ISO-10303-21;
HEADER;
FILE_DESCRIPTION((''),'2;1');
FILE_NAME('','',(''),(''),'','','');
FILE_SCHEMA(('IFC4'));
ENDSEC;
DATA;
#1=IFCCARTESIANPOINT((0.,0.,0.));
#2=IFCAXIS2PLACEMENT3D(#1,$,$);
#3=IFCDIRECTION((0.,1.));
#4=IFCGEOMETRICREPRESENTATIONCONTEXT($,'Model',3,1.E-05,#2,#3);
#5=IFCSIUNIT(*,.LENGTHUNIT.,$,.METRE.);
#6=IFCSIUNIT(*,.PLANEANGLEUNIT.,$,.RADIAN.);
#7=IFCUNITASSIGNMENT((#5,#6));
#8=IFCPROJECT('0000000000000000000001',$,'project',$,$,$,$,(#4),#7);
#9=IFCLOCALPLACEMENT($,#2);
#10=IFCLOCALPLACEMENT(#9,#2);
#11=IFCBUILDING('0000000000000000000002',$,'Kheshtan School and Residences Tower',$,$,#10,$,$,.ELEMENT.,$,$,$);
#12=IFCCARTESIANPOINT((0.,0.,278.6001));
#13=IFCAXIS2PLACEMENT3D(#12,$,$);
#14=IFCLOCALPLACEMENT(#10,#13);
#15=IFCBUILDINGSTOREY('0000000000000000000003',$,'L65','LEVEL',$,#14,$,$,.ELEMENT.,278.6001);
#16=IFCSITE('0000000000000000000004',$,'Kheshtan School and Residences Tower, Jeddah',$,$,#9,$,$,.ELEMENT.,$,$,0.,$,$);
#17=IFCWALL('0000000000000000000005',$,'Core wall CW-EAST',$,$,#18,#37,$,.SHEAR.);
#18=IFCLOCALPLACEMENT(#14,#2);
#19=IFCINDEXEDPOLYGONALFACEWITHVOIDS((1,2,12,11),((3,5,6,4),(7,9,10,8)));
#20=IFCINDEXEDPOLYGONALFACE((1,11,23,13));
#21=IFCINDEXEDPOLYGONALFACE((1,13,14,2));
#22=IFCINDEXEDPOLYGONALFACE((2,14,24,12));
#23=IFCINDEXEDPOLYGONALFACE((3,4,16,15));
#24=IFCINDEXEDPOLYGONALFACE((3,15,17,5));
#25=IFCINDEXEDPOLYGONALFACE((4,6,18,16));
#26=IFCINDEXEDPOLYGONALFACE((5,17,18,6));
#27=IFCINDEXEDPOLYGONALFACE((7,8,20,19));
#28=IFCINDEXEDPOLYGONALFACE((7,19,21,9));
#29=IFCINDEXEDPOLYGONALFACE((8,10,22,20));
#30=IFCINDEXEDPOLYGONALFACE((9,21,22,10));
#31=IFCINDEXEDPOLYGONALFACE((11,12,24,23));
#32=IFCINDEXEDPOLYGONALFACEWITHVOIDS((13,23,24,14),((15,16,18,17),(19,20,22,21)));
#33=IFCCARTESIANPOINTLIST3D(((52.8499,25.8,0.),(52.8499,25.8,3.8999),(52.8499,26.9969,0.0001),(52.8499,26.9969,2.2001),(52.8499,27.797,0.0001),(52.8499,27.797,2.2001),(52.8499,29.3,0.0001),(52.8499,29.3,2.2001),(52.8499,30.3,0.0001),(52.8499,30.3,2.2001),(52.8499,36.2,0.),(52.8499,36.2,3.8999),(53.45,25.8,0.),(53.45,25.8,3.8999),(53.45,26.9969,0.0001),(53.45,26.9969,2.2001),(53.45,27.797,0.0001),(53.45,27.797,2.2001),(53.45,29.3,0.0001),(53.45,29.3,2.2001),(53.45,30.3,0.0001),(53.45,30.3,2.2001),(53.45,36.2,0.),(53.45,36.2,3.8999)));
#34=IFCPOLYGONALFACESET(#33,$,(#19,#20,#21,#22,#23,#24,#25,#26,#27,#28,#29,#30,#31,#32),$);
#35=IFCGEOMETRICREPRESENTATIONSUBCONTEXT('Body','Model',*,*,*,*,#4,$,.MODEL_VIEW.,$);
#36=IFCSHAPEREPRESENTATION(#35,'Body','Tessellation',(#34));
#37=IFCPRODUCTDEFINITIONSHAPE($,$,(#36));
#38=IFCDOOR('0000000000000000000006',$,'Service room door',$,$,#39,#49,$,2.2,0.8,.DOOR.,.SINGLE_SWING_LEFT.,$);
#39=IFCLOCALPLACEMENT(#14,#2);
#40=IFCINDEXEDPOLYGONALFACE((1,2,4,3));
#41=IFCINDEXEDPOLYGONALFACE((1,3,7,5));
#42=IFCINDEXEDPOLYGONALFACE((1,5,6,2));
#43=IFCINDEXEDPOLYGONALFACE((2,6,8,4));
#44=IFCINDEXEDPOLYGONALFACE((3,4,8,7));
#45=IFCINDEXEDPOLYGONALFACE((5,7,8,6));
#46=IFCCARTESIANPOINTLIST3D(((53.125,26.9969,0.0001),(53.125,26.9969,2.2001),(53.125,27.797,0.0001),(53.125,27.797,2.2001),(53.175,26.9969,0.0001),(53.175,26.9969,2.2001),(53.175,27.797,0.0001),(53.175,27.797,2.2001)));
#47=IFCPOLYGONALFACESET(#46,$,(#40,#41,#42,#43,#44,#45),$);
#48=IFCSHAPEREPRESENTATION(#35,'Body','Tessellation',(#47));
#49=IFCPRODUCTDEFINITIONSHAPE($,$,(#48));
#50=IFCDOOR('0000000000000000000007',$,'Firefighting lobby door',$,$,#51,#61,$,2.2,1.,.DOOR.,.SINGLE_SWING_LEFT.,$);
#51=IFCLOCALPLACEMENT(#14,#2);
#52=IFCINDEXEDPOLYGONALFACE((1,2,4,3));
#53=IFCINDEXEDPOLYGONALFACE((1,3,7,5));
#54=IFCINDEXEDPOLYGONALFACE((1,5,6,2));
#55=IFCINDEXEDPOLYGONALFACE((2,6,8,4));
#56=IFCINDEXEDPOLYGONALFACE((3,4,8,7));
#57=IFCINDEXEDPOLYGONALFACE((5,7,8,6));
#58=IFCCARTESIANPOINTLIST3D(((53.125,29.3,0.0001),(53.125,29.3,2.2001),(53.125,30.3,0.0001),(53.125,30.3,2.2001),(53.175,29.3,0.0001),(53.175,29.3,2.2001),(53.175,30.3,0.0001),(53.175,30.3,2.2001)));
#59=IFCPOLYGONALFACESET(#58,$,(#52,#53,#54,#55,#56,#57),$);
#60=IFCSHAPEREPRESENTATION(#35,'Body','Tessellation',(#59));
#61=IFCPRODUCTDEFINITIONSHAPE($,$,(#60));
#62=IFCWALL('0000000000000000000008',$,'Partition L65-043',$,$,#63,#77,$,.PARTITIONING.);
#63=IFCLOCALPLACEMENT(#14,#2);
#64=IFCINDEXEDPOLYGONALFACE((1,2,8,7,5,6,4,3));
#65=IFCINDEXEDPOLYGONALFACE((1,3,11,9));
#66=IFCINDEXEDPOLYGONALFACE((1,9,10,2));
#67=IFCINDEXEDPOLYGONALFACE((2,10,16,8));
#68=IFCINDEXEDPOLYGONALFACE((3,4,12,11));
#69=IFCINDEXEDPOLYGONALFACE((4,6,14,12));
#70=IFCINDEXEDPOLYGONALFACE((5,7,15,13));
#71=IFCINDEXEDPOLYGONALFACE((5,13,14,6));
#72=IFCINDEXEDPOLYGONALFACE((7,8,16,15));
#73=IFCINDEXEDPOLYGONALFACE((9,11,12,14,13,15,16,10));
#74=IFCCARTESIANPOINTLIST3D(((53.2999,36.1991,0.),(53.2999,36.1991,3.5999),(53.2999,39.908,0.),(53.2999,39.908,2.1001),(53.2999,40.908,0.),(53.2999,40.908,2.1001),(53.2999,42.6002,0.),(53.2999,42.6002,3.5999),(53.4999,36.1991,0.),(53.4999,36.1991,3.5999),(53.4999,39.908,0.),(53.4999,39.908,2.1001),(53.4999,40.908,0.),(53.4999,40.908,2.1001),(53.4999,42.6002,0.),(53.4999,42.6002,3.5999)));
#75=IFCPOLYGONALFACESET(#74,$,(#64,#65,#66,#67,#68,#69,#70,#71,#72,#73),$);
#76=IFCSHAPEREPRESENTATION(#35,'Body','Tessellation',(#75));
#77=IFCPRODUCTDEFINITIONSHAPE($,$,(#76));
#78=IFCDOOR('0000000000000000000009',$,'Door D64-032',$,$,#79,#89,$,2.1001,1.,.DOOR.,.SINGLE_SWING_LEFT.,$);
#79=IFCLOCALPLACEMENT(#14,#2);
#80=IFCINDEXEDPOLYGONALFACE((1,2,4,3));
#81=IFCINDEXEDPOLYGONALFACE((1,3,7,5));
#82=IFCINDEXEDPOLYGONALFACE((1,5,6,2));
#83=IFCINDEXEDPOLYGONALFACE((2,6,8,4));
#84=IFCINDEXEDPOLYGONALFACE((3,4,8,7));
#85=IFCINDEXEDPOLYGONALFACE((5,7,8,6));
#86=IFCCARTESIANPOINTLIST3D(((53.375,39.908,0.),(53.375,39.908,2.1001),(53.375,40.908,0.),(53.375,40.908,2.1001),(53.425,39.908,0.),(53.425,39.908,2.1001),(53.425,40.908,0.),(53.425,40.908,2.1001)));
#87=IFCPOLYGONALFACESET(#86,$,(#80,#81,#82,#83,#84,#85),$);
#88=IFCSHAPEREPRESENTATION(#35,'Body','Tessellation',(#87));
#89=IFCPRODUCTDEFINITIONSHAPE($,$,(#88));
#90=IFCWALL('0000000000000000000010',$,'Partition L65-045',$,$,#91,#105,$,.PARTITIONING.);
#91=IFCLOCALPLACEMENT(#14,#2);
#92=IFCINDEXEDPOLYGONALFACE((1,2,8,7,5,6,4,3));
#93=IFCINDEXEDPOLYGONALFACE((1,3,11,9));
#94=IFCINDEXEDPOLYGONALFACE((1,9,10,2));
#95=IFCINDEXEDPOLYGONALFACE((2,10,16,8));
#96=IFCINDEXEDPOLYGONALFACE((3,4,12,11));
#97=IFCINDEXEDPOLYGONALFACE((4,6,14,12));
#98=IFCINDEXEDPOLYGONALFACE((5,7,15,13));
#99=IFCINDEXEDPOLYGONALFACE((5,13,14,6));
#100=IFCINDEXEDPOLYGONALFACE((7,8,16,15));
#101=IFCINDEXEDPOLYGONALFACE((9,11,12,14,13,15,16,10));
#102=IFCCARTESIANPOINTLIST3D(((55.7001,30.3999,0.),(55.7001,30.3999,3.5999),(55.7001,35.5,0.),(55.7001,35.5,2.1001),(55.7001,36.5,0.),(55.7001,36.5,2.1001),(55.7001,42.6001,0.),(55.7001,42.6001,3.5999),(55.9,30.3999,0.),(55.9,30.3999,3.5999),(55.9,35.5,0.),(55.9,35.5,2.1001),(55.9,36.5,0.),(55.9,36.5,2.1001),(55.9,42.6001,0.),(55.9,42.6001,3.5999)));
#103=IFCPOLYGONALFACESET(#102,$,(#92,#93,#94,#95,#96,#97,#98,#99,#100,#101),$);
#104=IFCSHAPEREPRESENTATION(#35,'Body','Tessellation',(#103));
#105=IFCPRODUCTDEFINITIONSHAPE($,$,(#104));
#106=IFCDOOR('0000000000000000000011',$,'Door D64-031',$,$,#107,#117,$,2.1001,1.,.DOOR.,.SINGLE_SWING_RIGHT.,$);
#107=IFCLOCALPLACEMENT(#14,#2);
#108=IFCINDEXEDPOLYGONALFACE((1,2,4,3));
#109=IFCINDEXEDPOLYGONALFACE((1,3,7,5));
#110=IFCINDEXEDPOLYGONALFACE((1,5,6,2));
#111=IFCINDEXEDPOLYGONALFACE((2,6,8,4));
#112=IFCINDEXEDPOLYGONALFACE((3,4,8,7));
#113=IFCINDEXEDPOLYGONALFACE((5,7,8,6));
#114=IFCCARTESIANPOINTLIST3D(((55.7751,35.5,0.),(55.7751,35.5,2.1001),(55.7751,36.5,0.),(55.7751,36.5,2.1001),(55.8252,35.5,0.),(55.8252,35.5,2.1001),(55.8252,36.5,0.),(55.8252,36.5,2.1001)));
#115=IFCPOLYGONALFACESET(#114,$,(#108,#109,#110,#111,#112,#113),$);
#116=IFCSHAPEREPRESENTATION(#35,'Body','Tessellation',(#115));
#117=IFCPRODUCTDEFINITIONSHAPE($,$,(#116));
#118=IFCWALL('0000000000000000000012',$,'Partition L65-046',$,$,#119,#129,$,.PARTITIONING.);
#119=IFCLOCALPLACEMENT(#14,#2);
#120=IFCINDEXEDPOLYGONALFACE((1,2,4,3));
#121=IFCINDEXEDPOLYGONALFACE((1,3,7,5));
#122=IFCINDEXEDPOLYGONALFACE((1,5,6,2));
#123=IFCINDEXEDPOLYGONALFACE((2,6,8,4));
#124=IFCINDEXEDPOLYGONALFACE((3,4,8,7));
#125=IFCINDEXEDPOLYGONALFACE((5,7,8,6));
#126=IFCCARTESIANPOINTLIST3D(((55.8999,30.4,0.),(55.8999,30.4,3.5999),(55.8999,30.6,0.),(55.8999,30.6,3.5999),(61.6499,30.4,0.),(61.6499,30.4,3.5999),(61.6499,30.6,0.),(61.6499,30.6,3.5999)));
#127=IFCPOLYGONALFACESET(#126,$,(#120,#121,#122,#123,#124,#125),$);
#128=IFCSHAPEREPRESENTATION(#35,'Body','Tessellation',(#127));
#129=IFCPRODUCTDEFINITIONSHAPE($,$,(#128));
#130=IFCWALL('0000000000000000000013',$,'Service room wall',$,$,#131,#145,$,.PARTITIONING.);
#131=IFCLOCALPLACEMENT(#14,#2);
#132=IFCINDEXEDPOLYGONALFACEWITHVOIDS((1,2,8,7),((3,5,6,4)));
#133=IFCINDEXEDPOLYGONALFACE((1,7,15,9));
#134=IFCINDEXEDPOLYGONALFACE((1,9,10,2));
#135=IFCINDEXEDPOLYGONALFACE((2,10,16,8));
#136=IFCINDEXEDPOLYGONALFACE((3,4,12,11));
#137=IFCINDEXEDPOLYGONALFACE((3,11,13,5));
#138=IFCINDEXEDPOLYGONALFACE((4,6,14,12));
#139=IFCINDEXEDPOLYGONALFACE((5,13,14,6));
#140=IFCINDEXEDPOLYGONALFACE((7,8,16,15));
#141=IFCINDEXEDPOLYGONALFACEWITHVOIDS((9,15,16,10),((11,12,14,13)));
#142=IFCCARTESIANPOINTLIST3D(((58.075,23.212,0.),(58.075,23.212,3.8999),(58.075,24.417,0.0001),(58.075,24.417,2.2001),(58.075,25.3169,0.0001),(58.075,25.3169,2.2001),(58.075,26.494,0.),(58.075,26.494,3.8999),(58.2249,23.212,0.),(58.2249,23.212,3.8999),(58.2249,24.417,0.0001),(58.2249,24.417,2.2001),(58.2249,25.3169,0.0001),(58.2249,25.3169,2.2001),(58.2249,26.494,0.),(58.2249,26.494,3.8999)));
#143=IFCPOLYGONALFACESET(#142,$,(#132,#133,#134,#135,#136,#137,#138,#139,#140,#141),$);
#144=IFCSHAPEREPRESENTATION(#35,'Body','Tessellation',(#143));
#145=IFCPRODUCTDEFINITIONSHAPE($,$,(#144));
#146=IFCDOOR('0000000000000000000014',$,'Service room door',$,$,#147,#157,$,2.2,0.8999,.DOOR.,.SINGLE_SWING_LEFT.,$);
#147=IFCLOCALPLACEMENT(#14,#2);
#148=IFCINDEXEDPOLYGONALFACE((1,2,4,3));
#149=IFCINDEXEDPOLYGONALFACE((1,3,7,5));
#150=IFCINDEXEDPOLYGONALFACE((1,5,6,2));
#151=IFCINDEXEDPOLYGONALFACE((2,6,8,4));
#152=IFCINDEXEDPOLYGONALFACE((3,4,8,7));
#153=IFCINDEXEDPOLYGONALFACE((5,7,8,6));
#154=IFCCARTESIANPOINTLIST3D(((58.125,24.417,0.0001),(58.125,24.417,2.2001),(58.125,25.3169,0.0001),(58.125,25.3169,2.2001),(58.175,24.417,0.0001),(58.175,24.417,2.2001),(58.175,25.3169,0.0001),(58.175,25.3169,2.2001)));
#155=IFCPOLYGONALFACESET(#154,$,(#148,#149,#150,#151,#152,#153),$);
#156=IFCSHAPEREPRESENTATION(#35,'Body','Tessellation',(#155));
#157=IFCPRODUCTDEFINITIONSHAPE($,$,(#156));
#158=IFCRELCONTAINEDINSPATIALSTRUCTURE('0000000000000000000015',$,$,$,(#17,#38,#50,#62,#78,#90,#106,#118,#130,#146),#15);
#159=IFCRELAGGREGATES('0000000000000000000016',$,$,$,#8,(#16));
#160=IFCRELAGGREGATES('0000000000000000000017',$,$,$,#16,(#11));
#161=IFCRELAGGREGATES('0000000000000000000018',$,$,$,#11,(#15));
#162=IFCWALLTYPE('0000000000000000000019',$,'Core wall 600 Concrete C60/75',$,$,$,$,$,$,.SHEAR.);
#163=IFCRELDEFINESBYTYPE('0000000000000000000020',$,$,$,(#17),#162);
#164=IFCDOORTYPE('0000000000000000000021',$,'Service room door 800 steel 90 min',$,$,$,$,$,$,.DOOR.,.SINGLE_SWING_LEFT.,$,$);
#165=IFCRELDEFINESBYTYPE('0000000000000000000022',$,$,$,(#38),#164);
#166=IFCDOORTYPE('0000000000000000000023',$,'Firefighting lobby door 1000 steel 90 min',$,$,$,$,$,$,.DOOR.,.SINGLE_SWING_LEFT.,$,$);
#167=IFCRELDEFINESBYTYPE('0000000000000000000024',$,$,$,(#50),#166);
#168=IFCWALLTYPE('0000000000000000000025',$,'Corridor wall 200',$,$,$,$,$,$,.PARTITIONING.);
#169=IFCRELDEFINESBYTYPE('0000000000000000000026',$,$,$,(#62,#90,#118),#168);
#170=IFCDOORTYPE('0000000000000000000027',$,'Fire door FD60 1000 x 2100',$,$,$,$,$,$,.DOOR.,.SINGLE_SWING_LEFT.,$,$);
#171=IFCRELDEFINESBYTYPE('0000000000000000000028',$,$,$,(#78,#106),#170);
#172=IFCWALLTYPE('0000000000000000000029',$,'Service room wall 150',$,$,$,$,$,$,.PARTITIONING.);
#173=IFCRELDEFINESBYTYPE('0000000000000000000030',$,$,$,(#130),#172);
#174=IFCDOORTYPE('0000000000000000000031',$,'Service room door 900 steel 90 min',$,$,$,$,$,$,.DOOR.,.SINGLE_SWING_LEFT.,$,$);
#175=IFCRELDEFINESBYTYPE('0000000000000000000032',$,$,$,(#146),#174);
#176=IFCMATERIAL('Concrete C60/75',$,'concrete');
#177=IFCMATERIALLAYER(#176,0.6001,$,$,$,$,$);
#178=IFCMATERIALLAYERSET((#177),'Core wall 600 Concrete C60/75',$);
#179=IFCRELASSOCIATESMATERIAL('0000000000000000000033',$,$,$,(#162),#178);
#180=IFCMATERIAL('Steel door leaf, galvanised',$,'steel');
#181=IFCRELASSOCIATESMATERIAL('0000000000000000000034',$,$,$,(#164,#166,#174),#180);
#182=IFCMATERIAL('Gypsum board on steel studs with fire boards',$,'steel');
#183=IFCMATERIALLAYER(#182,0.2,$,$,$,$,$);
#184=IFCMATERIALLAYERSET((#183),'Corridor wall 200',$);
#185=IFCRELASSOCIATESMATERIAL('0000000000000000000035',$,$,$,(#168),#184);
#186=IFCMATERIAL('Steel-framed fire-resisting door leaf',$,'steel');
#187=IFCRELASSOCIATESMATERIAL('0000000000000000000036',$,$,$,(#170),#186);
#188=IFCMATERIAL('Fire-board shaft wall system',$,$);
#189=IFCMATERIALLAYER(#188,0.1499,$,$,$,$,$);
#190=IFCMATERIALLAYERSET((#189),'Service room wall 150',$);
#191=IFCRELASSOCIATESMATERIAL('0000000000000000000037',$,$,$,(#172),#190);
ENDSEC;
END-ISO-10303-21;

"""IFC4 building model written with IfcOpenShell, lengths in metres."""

from ifc_helpers import new_model, si_unit, direction, frame, frame_2d, origin, place, context, subcontext, project, spatial, rectangle, extrude, source, transform, mapped, material, layer, layer_set, type_object, element, fill, save


model = new_model("IFC4")

# Units and contexts
model_context = context("Model", 3, precision=1e-05, world=origin(), true_north=direction((0.0, 1.0)))
body_context = subcontext(model_context, "Body", "Model", "MODEL_VIEW")
ifc_project = project(units=[si_unit("LENGTHUNIT", "METRE"), si_unit("PLANEANGLEUNIT", "RADIAN")], contexts=[model_context])

# Site, building, storey
site_placement = place(None, origin())
site = spatial("IfcSite", under=ifc_project, at=site_placement, Name="Kheshtan School and Residences Tower, Jeddah", CompositionType="ELEMENT", RefElevation=0.0)
building_placement = place(site_placement, origin())
building = spatial("IfcBuilding", under=site, at=building_placement, Name="Kheshtan School and Residences Tower", CompositionType="ELEMENT")
storey_placement = place(building_placement, frame((0.0, 0.0, 278.6001)))
storey = spatial("IfcBuildingStorey", under=building, at=storey_placement, Name="L65", Description="LEVEL", CompositionType="ELEMENT", Elevation=278.6001)

# Wall, openings, doors
ifc_material_1 = material(Name="Concrete C60/75", Category="concrete")
ifc_layer_1 = layer(ifc_material_1, 0.6001)
ifc_layer_set_1 = layer_set([ifc_layer_1], Name="Core wall 600 Concrete C60/75")
wall_type_1 = type_object("IfcWallType", Name="Core wall 600 Concrete C60/75", PredefinedType="SHEAR", material=ifc_layer_set_1)
wall_1_placement = place(storey_placement, frame((53.1499, 25.8, 0.0), z_axis=(0.0, 0.0, 1.0), x_axis=(0.0, 1.0, 0.0)))
wall_1 = element("IfcWall", 1, at=wall_1_placement, inside=storey, type_object=wall_type_1, Name="Core wall CW-EAST", PredefinedType="SHEAR", context=body_context, shape_type="SweptSolid", body=[
    extrude(rectangle(XDim=10.3999, YDim=0.6001, at=frame_2d((5.2, 0.0))), origin(), (0.0, 0.0, 1.0), 3.8999),
])
opening_1_placement = place(wall_1_placement, frame((1.197, 0.0, 0.0)))
opening_1 = element("IfcOpeningElement", 2, at=opening_1_placement, cuts=wall_1, PredefinedType="OPENING", context=body_context, shape_type="SweptSolid", body=[
    extrude(rectangle(XDim=0.8, YDim=2.2, at=frame_2d((0.3999, 1.1001))), frame((0.0, 0.3101, 0.0), z_axis=(0.0, -1.0, 0.0), x_axis=(1.0, 0.0, 0.0)), (0.0, 0.0, 1.0), 0.6201),
])
opening_2_placement = place(wall_1_placement, frame((3.5, 0.0, 0.0)))
opening_2 = element("IfcOpeningElement", 3, at=opening_2_placement, cuts=wall_1, PredefinedType="OPENING", context=body_context, shape_type="SweptSolid", body=[
    extrude(rectangle(XDim=1.0, YDim=2.2, at=frame_2d((0.5, 1.1001))), frame((0.0, 0.3101, 0.0), z_axis=(0.0, -1.0, 0.0), x_axis=(1.0, 0.0, 0.0)), (0.0, 0.0, 1.0), 0.6201),
])
ifc_material_2 = material(Name="Steel door leaf, galvanised", Category="steel")
door_type_1 = type_object("IfcDoorType", Name="Service room door 800 steel 90 min", OperationType="SINGLE_SWING_LEFT", PredefinedType="DOOR", material=ifc_material_2)
shared_shape_1 = source(origin(), body_context, "Body", "SweptSolid", [
    extrude(rectangle(XDim=0.8, YDim=2.2, at=frame_2d((0.3999, 1.1001))), frame((0.0, 0.0249, 0.0), z_axis=(0.0, -1.0, 0.0), x_axis=(1.0, 0.0, 0.0)), (0.0, 0.0, 1.0), 0.05),
])
door_1_placement = place(opening_1_placement, origin())
door_1 = element("IfcDoor", 4, at=door_1_placement, inside=storey, type_object=door_type_1, Name="Service room door", OperationType="SINGLE_SWING_LEFT", OverallHeight=2.2, OverallWidth=0.8, PredefinedType="DOOR", context=body_context, shape_type="MappedRepresentation", body=[
    mapped(shared_shape_1, transform((0.0, 0.0, 0.0), x_axis=(1.0, 0.0, 0.0), y_axis=(0.0, 1.0, 0.0), z_axis=(0.0, 0.0, 1.0), scale=1.0)),
])
fill(opening_1, door_1)
door_type_2 = type_object("IfcDoorType", Name="Firefighting lobby door 1000 steel 90 min", OperationType="SINGLE_SWING_LEFT", PredefinedType="DOOR", material=ifc_material_2)
shared_shape_2 = source(origin(), body_context, "Body", "SweptSolid", [
    extrude(rectangle(XDim=1.0, YDim=2.2, at=frame_2d((0.5, 1.1001))), frame((0.0, 0.0249, 0.0), z_axis=(0.0, -1.0, 0.0), x_axis=(1.0, 0.0, 0.0)), (0.0, 0.0, 1.0), 0.05),
])
door_2_placement = place(opening_2_placement, origin())
door_2 = element("IfcDoor", 5, at=door_2_placement, inside=storey, type_object=door_type_2, Name="Firefighting lobby door", OperationType="SINGLE_SWING_LEFT", OverallHeight=2.2, OverallWidth=1.0, PredefinedType="DOOR", context=body_context, shape_type="MappedRepresentation", body=[
    mapped(shared_shape_2, transform((0.0, 0.0, 0.0), x_axis=(1.0, 0.0, 0.0), y_axis=(0.0, 1.0, 0.0), z_axis=(0.0, 0.0, 1.0), scale=1.0)),
])
fill(opening_2, door_2)

# Walls, openings, doors
ifc_material_3 = material(Name="Gypsum board on steel studs with fire boards", Category="steel")
ifc_layer_2 = layer(ifc_material_3, 0.2)
ifc_layer_set_2 = layer_set([ifc_layer_2], Name="Corridor wall 200")
wall_type_2 = type_object("IfcWallType", Name="Corridor wall 200", PredefinedType="PARTITIONING", material=ifc_layer_set_2)
wall_2_placement = place(storey_placement, frame((53.3999, 36.199, 0.0), z_axis=(0.0, 0.0, 1.0), x_axis=(0.0, 1.0, 0.0)))
wall_2 = element("IfcWall", 6, at=wall_2_placement, inside=storey, type_object=wall_type_2, Name="Partition L65-043", PredefinedType="PARTITIONING", context=body_context, shape_type="SweptSolid", body=[
    extrude(rectangle(XDim=6.4011, YDim=0.2, at=frame_2d((3.2007, 0.0))), origin(), (0.0, 0.0, 1.0), 3.5999),
])
opening_3_placement = place(wall_2_placement, frame((3.709, 0.0, 0.0)))
opening_3 = element("IfcOpeningElement", 7, at=opening_3_placement, cuts=wall_2, PredefinedType="OPENING", context=body_context, shape_type="SweptSolid", body=[
    extrude(rectangle(XDim=1.0, YDim=2.1001, at=frame_2d((0.5, 1.05))), frame((0.0, 0.1099, 0.0), z_axis=(0.0, -1.0, 0.0), x_axis=(1.0, 0.0, 0.0)), (0.0, 0.0, 1.0), 0.22),
])
ifc_material_4 = material(Name="Steel-framed fire-resisting door leaf", Category="steel")
door_type_3 = type_object("IfcDoorType", Name="Fire door FD60 1000 x 2100", OperationType="SINGLE_SWING_LEFT", PredefinedType="DOOR", material=ifc_material_4)
shared_shape_3 = source(origin(), body_context, "Body", "SweptSolid", [
    extrude(rectangle(XDim=1.0, YDim=2.1001, at=frame_2d((0.5, 1.05))), frame((0.0, 0.0249, 0.0), z_axis=(0.0, -1.0, 0.0), x_axis=(1.0, 0.0, 0.0)), (0.0, 0.0, 1.0), 0.05),
])
door_3_placement = place(opening_3_placement, origin())
door_3 = element("IfcDoor", 8, at=door_3_placement, inside=storey, type_object=door_type_3, Name="Door D64-032", OperationType="SINGLE_SWING_LEFT", OverallHeight=2.1001, OverallWidth=1.0, PredefinedType="DOOR", context=body_context, shape_type="MappedRepresentation", body=[
    mapped(shared_shape_3, transform((0.0, 0.0, 0.0), x_axis=(1.0, 0.0, 0.0), y_axis=(0.0, 1.0, 0.0), z_axis=(0.0, 0.0, 1.0), scale=1.0)),
])
fill(opening_3, door_3)
wall_3_placement = place(storey_placement, frame((55.8, 30.3999, 0.0), z_axis=(0.0, 0.0, 1.0), x_axis=(0.0, 1.0, 0.0)))
wall_3 = element("IfcWall", 9, at=wall_3_placement, inside=storey, type_object=wall_type_2, Name="Partition L65-045", PredefinedType="PARTITIONING", context=body_context, shape_type="SweptSolid", body=[
    extrude(rectangle(XDim=12.2002, YDim=0.2, at=frame_2d((6.1001, 0.0))), origin(), (0.0, 0.0, 1.0), 3.5999),
])
opening_4_placement = place(wall_3_placement, frame((5.1001, 0.0, 0.0)))
opening_4 = element("IfcOpeningElement", 10, at=opening_4_placement, cuts=wall_3, PredefinedType="OPENING", context=body_context, shape_type="SweptSolid", body=[
    extrude(rectangle(XDim=1.0, YDim=2.1001, at=frame_2d((0.5, 1.05))), frame((0.0, 0.1099, 0.0), z_axis=(0.0, -1.0, 0.0), x_axis=(1.0, 0.0, 0.0)), (0.0, 0.0, 1.0), 0.22),
])
door_4_placement = place(opening_4_placement, origin())
door_4 = element("IfcDoor", 11, at=door_4_placement, inside=storey, type_object=door_type_3, Name="Door D64-031", OperationType="SINGLE_SWING_RIGHT", OverallHeight=2.1001, OverallWidth=1.0, PredefinedType="DOOR", context=body_context, shape_type="MappedRepresentation", body=[
    mapped(shared_shape_3, transform((0.0, 0.0, 0.0), x_axis=(1.0, 0.0, 0.0), y_axis=(0.0, 1.0, 0.0), z_axis=(0.0, 0.0, 1.0), scale=1.0)),
])
fill(opening_4, door_4)

# Wall
wall_4_placement = place(storey_placement, frame((55.8999, 30.5, 0.0), z_axis=(0.0, 0.0, 1.0), x_axis=(1.0, 0.0, 0.0)))
element("IfcWall", 12, at=wall_4_placement, inside=storey, type_object=wall_type_2, Name="Partition L65-046", PredefinedType="PARTITIONING", context=body_context, shape_type="SweptSolid", body=[
    extrude(rectangle(XDim=5.75, YDim=0.2, at=frame_2d((2.875, 0.0))), origin(), (0.0, 0.0, 1.0), 3.5999),
])

# Wall, opening, door
ifc_material_5 = material(Name="Fire-board shaft wall system")
ifc_layer_3 = layer(ifc_material_5, 0.1499)
ifc_layer_set_3 = layer_set([ifc_layer_3], Name="Service room wall 150")
wall_type_3 = type_object("IfcWallType", Name="Service room wall 150", PredefinedType="PARTITIONING", material=ifc_layer_set_3)
wall_5_placement = place(storey_placement, frame((58.1499, 23.2119, 0.0), z_axis=(0.0, 0.0, 1.0), x_axis=(0.0, 1.0, 0.0)))
wall_5 = element("IfcWall", 13, at=wall_5_placement, inside=storey, type_object=wall_type_3, Name="Service room wall", PredefinedType="PARTITIONING", context=body_context, shape_type="SweptSolid", body=[
    extrude(rectangle(XDim=3.282, YDim=0.1499, at=frame_2d((1.6411, 0.0))), origin(), (0.0, 0.0, 1.0), 3.8999),
])
opening_5_placement = place(wall_5_placement, frame((1.2051, 0.0, 0.0)))
opening_5 = element("IfcOpeningElement", 14, at=opening_5_placement, cuts=wall_5, PredefinedType="OPENING", context=body_context, shape_type="SweptSolid", body=[
    extrude(rectangle(XDim=0.8999, YDim=2.2, at=frame_2d((0.45, 1.1001))), frame((0.0, 0.085, 0.0), z_axis=(0.0, -1.0, 0.0), x_axis=(1.0, 0.0, 0.0)), (0.0, 0.0, 1.0), 0.1699),
])
door_type_4 = type_object("IfcDoorType", Name="Service room door 900 steel 90 min", OperationType="SINGLE_SWING_LEFT", PredefinedType="DOOR", material=ifc_material_2)
shared_shape_4 = source(origin(), body_context, "Body", "SweptSolid", [
    extrude(rectangle(XDim=0.8999, YDim=2.2, at=frame_2d((0.45, 1.1001))), frame((0.0, 0.0249, 0.0), z_axis=(0.0, -1.0, 0.0), x_axis=(1.0, 0.0, 0.0)), (0.0, 0.0, 1.0), 0.05),
])
door_5_placement = place(opening_5_placement, origin())
door_5 = element("IfcDoor", 15, at=door_5_placement, inside=storey, type_object=door_type_4, Name="Service room door", OperationType="SINGLE_SWING_LEFT", OverallHeight=2.2, OverallWidth=0.8999, PredefinedType="DOOR", context=body_context, shape_type="MappedRepresentation", body=[
    mapped(shared_shape_4, transform((0.0, 0.0, 0.0), x_axis=(1.0, 0.0, 0.0), y_axis=(0.0, 1.0, 0.0), z_axis=(0.0, 0.0, 1.0), scale=1.0)),
])
fill(opening_5, door_5)

save(model, "model.ifc")
